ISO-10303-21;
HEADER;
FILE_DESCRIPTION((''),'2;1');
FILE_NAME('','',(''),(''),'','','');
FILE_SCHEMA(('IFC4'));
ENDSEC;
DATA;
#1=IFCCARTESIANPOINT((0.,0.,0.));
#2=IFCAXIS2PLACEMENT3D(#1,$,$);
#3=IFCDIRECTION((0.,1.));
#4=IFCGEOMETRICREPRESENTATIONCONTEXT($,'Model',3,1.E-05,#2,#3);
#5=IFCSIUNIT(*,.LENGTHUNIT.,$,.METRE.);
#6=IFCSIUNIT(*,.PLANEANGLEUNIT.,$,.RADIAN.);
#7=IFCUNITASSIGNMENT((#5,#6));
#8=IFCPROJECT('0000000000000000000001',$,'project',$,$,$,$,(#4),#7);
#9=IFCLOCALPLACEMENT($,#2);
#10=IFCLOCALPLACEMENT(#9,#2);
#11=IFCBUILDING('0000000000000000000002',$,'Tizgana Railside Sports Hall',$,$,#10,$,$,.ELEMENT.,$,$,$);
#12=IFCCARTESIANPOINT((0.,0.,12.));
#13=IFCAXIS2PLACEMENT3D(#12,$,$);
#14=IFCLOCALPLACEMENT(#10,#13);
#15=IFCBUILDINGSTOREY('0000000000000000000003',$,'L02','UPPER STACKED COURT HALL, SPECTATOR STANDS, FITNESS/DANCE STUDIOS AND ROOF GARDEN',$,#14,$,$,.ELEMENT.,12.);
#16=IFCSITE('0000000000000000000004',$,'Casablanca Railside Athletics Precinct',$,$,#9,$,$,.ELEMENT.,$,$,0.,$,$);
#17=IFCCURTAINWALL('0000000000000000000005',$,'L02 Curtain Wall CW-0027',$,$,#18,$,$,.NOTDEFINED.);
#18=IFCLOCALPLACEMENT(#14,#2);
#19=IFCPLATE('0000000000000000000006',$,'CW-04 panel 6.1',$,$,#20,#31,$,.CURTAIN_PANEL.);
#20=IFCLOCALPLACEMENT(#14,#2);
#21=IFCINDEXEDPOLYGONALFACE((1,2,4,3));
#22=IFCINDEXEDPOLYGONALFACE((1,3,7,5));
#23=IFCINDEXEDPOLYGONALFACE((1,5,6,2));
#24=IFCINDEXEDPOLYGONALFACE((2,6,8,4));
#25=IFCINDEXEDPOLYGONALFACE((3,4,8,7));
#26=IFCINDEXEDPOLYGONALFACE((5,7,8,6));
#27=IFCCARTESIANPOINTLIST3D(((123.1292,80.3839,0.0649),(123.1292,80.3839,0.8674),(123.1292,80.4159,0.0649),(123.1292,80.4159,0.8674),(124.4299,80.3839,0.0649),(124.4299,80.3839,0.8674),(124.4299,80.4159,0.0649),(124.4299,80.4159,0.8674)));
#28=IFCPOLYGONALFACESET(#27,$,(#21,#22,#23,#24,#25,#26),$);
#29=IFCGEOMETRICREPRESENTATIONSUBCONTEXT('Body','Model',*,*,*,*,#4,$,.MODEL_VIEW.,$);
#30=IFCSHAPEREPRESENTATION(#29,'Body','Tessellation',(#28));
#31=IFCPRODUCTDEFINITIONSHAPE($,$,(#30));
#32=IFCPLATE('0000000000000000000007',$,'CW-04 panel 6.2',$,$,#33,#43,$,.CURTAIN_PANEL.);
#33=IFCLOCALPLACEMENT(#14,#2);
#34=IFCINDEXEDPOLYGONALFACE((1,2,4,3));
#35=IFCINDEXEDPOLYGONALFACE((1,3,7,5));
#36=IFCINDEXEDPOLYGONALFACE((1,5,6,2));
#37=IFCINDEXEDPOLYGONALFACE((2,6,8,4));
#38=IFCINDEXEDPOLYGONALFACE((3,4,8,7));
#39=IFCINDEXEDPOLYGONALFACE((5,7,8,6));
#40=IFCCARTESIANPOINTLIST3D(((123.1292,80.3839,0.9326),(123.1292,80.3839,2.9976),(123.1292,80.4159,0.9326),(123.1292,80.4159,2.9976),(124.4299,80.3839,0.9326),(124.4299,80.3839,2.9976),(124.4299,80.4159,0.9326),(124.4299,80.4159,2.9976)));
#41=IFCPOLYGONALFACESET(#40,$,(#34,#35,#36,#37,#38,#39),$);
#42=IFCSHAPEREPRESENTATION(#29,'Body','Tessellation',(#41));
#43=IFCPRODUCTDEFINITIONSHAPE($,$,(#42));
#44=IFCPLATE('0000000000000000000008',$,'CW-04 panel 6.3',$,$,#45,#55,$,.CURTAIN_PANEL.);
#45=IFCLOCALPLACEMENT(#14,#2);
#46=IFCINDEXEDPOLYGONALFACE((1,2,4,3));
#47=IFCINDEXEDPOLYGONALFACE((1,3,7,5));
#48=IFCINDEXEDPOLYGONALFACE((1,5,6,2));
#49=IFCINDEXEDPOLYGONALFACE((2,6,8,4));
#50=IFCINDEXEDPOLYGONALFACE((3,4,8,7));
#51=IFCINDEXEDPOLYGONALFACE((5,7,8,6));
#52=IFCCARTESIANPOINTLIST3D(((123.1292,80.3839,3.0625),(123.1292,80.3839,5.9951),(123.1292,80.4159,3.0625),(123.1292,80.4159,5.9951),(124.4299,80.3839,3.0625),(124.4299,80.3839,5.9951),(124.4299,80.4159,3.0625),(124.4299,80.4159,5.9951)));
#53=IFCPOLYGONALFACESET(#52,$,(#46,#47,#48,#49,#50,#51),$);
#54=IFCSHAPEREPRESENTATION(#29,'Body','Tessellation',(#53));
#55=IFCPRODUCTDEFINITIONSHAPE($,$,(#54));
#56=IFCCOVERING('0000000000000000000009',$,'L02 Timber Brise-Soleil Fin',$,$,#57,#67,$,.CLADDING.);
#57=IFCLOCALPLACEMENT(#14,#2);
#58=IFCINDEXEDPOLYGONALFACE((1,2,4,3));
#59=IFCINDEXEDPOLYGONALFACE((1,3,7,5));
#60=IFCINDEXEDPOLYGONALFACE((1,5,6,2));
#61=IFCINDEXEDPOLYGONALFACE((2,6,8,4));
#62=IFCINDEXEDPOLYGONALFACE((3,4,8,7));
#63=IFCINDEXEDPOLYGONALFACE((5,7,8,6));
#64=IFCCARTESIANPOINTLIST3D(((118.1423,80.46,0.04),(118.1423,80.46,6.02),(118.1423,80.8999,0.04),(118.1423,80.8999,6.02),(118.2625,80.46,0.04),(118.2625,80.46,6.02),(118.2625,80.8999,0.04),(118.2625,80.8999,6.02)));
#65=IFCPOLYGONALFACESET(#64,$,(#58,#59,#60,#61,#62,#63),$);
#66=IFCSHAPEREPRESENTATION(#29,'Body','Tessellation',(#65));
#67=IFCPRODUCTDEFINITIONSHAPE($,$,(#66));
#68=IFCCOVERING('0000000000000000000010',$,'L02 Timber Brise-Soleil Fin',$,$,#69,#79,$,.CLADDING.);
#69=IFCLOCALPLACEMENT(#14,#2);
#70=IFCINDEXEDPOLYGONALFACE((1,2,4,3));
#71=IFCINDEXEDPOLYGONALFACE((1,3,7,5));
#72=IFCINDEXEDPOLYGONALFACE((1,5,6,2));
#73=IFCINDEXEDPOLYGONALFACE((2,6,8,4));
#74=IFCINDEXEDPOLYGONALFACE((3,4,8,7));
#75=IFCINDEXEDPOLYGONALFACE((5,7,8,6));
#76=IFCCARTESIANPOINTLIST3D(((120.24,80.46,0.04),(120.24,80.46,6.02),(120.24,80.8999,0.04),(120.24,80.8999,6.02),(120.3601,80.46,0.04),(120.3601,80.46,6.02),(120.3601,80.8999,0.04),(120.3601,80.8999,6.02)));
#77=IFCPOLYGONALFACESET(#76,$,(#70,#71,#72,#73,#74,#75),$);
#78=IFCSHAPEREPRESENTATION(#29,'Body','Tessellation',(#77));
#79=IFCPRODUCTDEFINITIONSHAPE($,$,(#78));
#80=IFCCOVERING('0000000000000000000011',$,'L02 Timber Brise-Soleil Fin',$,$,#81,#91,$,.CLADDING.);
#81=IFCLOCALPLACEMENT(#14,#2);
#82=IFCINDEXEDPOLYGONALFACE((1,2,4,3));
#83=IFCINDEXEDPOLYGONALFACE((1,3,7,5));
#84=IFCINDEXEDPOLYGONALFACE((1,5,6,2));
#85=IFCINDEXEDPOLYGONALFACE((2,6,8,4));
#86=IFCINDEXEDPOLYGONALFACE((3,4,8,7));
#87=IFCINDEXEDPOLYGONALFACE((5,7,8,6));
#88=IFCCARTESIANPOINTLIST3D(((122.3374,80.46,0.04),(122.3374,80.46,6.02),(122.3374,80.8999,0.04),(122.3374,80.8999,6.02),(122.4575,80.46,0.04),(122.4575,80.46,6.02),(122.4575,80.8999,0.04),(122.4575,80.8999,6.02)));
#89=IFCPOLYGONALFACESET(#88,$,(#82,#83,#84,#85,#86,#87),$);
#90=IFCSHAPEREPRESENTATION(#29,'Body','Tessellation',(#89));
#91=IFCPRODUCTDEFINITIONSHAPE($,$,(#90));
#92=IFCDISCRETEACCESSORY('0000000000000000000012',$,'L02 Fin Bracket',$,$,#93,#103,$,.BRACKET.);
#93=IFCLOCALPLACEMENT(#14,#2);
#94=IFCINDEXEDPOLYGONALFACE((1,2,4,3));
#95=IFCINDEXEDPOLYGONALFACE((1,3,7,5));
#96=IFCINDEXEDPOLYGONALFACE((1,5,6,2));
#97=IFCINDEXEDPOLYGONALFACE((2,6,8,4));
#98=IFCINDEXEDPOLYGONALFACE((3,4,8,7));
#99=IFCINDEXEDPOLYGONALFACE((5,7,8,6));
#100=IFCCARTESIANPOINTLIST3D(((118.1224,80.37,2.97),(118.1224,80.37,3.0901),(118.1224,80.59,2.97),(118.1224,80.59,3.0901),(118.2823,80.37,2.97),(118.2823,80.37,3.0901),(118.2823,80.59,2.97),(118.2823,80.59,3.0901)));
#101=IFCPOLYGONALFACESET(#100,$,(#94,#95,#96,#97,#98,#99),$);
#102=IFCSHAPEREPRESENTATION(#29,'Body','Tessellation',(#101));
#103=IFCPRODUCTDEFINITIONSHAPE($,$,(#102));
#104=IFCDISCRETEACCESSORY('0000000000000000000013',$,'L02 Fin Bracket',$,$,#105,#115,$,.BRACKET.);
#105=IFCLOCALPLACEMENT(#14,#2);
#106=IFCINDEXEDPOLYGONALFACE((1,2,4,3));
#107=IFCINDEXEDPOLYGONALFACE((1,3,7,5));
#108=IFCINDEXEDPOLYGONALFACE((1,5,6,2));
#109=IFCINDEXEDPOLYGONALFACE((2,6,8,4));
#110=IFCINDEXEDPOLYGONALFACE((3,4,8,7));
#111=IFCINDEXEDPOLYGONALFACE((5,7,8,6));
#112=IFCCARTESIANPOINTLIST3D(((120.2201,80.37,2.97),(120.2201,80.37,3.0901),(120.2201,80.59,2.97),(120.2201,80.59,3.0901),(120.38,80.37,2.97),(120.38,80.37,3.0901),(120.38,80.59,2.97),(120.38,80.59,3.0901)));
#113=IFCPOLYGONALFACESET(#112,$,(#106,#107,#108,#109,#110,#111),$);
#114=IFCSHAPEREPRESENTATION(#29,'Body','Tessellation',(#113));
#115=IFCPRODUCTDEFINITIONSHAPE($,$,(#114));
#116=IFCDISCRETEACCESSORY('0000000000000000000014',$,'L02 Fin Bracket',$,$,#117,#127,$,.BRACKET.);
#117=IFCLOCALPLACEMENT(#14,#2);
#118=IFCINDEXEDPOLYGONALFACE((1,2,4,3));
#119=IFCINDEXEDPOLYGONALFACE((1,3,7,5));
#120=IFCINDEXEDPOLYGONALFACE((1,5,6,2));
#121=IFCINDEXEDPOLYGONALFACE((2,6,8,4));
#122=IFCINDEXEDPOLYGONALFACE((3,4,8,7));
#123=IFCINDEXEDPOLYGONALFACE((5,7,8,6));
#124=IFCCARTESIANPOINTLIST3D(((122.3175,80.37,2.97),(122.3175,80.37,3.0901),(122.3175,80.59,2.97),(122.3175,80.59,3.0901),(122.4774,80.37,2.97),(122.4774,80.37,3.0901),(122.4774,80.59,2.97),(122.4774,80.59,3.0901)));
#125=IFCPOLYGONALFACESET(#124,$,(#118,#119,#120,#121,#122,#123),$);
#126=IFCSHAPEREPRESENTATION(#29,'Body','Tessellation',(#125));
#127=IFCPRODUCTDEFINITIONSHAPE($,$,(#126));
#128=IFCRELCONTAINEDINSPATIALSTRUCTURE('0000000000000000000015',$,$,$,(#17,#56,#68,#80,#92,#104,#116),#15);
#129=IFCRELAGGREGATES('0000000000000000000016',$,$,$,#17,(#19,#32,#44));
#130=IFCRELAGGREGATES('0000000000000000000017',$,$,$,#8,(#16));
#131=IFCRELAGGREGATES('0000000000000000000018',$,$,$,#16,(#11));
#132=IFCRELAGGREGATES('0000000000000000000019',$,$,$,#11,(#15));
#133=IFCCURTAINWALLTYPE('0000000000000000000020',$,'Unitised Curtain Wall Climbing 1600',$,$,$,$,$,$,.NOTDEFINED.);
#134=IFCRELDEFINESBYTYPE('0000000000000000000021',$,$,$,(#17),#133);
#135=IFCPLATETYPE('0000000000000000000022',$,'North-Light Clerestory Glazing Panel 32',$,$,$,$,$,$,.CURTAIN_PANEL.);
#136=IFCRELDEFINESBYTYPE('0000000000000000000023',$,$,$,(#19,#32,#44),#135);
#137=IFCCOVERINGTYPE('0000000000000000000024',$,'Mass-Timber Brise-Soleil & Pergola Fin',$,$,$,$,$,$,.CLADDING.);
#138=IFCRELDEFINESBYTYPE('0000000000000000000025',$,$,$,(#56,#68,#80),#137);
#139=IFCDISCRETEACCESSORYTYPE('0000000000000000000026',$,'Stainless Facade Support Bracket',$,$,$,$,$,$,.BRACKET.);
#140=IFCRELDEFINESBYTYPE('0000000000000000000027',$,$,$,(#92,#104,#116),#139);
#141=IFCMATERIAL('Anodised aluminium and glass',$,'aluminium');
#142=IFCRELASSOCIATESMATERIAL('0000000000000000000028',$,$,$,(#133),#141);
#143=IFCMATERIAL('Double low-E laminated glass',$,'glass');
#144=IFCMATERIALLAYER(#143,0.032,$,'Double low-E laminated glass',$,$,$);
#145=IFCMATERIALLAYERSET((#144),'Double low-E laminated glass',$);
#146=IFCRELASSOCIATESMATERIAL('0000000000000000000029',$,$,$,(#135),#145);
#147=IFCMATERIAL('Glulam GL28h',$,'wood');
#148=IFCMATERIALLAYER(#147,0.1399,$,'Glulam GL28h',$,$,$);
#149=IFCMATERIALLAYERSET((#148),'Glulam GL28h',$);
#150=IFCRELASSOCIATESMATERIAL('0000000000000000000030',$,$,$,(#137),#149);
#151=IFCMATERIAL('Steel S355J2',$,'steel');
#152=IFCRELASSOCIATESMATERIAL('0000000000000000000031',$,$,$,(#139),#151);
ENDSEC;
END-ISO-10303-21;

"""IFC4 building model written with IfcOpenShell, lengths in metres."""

from ifc_helpers import new_model, si_unit, direction, frame, origin, origin_2d, place, context, subcontext, project, spatial, rectangle, extrude, material, layer, layer_set, type_object, element, aggregate, save


model = new_model("IFC4")

# Units and contexts
model_context = context("Model", 3, precision=1e-05, world=origin(), true_north=direction((0.0, 1.0)))
body_context = subcontext(model_context, "Body", "Model", "MODEL_VIEW")
ifc_project = project(units=[si_unit("LENGTHUNIT", "METRE"), si_unit("PLANEANGLEUNIT", "RADIAN")], contexts=[model_context])

# Site, building, storey
site_placement = place(None, origin())
site = spatial("IfcSite", under=ifc_project, at=site_placement, Name="Casablanca Railside Athletics Precinct", CompositionType="ELEMENT", RefElevation=0.0)
building_placement = place(site_placement, origin())
building = spatial("IfcBuilding", under=site, at=building_placement, Name="Tizgana Railside Sports Hall", CompositionType="ELEMENT")
storey_placement = place(building_placement, frame((0.0, 0.0, 12.0)))
storey = spatial("IfcBuildingStorey", under=building, at=storey_placement, Name="L02", Description="UPPER STACKED COURT HALL, SPECTATOR STANDS, FITNESS/DANCE STUDIOS AND ROOF GARDEN", CompositionType="ELEMENT", Elevation=12.0)

# Curtain wall, plates
ifc_material_1 = material(Name="Anodised aluminium and glass", Category="aluminium")
curtain_wall_type = type_object("IfcCurtainWallType", Name="Unitised Curtain Wall Climbing 1600", PredefinedType="NOTDEFINED", material=ifc_material_1)
curtain_wall_placement = place(storey_placement, origin())
curtain_wall = element("IfcCurtainWall", 1, at=curtain_wall_placement, inside=storey, type_object=curtain_wall_type, Name="L02 Curtain Wall CW-0027", PredefinedType="NOTDEFINED")
ifc_material_2 = material(Name="Double low-E laminated glass", Category="glass")
ifc_layer_1 = layer(ifc_material_2, 0.032, Name="Double low-E laminated glass")
ifc_layer_set_1 = layer_set([ifc_layer_1], Name="Double low-E laminated glass")
plate_type = type_object("IfcPlateType", Name="North-Light Clerestory Glazing Panel 32", PredefinedType="CURTAIN_PANEL", material=ifc_layer_set_1)
plate_1_placement = place(storey_placement, frame((123.7795, 80.3999, 0.0649), z_axis=(0.0, 0.0, 1.0), x_axis=(1.0, 0.0, 0.0)))
plate_1 = element("IfcPlate", 2, at=plate_1_placement, type_object=plate_type, Name="CW-04 panel 6.1", PredefinedType="CURTAIN_PANEL", context=body_context, shape_type="SweptSolid", body=[
    extrude(rectangle(XDim=1.3008, YDim=0.032, at=origin_2d()), origin(), (0.0, 0.0, 1.0), 0.8025),
])
plate_2_placement = place(storey_placement, frame((123.7795, 80.3999, 0.9326), z_axis=(0.0, 0.0, 1.0), x_axis=(1.0, 0.0, 0.0)))
plate_2 = element("IfcPlate", 3, at=plate_2_placement, type_object=plate_type, Name="CW-04 panel 6.2", PredefinedType="CURTAIN_PANEL", context=body_context, shape_type="SweptSolid", body=[
    extrude(rectangle(XDim=1.3008, YDim=0.032, at=origin_2d()), origin(), (0.0, 0.0, 1.0), 2.0649),
])
plate_3_placement = place(storey_placement, frame((123.7795, 80.3999, 3.0625), z_axis=(0.0, 0.0, 1.0), x_axis=(1.0, 0.0, 0.0)))
plate_3 = element("IfcPlate", 4, at=plate_3_placement, type_object=plate_type, Name="CW-04 panel 6.3", PredefinedType="CURTAIN_PANEL", context=body_context, shape_type="SweptSolid", body=[
    extrude(rectangle(XDim=1.3008, YDim=0.032, at=origin_2d()), origin(), (0.0, 0.0, 1.0), 2.9326),
])
aggregate(curtain_wall, [plate_1, plate_2, plate_3])

# Coverings
ifc_material_3 = material(Name="Glulam GL28h", Category="wood")
ifc_layer_2 = layer(ifc_material_3, 0.1399, Name="Glulam GL28h")
ifc_layer_set_2 = layer_set([ifc_layer_2], Name="Glulam GL28h")
covering_type = type_object("IfcCoveringType", Name="Mass-Timber Brise-Soleil & Pergola Fin", PredefinedType="CLADDING", material=ifc_layer_set_2)
for number, where, z_axis, x_axis, name in (
    (5, (118.2024, 80.6799, 0.04), (0.0, 0.0, 1.0), (1.0, 0.0, 0.0), "L02 Timber Brise-Soleil Fin"),
    (6, (120.3, 80.6799, 0.04), (0.0, 0.0, 1.0), (1.0, 0.0, 0.0), "L02 Timber Brise-Soleil Fin"),
    (7, (122.3975, 80.6799, 0.04), (0.0, 0.0, 1.0), (1.0, 0.0, 0.0), "L02 Timber Brise-Soleil Fin"),
):
    element("IfcCovering", number, at=place(storey_placement, frame(where, z_axis=z_axis, x_axis=x_axis)), inside=storey, type_object=covering_type, Name=name, PredefinedType="CLADDING", context=body_context, shape_type="SweptSolid", body=[
        extrude(rectangle(XDim=0.1201, YDim=0.4399, at=origin_2d()), origin(), (0.0, 0.0, 1.0), 5.98),
    ])

# Discrete accessories
ifc_material_4 = material(Name="Steel S355J2", Category="steel")
discrete_accessory_type = type_object("IfcDiscreteAccessoryType", Name="Stainless Facade Support Bracket", PredefinedType="BRACKET", material=ifc_material_4)
for number, where, z_axis, x_axis, name in (
    (8, (118.2024, 80.48, 2.97), (0.0, 0.0, 1.0), (1.0, 0.0, 0.0), "L02 Fin Bracket"),
    (9, (120.3, 80.48, 2.97), (0.0, 0.0, 1.0), (1.0, 0.0, 0.0), "L02 Fin Bracket"),
    (10, (122.3975, 80.48, 2.97), (0.0, 0.0, 1.0), (1.0, 0.0, 0.0), "L02 Fin Bracket"),
):
    element("IfcDiscreteAccessory", number, at=place(storey_placement, frame(where, z_axis=z_axis, x_axis=x_axis)), inside=storey, type_object=discrete_accessory_type, Name=name, PredefinedType="BRACKET", context=body_context, shape_type="SweptSolid", body=[
        extrude(rectangle(XDim=0.1599, YDim=0.22, at=origin_2d()), origin(), (0.0, 0.0, 1.0), 0.1201),
    ])

save(model, "model.ifc")
